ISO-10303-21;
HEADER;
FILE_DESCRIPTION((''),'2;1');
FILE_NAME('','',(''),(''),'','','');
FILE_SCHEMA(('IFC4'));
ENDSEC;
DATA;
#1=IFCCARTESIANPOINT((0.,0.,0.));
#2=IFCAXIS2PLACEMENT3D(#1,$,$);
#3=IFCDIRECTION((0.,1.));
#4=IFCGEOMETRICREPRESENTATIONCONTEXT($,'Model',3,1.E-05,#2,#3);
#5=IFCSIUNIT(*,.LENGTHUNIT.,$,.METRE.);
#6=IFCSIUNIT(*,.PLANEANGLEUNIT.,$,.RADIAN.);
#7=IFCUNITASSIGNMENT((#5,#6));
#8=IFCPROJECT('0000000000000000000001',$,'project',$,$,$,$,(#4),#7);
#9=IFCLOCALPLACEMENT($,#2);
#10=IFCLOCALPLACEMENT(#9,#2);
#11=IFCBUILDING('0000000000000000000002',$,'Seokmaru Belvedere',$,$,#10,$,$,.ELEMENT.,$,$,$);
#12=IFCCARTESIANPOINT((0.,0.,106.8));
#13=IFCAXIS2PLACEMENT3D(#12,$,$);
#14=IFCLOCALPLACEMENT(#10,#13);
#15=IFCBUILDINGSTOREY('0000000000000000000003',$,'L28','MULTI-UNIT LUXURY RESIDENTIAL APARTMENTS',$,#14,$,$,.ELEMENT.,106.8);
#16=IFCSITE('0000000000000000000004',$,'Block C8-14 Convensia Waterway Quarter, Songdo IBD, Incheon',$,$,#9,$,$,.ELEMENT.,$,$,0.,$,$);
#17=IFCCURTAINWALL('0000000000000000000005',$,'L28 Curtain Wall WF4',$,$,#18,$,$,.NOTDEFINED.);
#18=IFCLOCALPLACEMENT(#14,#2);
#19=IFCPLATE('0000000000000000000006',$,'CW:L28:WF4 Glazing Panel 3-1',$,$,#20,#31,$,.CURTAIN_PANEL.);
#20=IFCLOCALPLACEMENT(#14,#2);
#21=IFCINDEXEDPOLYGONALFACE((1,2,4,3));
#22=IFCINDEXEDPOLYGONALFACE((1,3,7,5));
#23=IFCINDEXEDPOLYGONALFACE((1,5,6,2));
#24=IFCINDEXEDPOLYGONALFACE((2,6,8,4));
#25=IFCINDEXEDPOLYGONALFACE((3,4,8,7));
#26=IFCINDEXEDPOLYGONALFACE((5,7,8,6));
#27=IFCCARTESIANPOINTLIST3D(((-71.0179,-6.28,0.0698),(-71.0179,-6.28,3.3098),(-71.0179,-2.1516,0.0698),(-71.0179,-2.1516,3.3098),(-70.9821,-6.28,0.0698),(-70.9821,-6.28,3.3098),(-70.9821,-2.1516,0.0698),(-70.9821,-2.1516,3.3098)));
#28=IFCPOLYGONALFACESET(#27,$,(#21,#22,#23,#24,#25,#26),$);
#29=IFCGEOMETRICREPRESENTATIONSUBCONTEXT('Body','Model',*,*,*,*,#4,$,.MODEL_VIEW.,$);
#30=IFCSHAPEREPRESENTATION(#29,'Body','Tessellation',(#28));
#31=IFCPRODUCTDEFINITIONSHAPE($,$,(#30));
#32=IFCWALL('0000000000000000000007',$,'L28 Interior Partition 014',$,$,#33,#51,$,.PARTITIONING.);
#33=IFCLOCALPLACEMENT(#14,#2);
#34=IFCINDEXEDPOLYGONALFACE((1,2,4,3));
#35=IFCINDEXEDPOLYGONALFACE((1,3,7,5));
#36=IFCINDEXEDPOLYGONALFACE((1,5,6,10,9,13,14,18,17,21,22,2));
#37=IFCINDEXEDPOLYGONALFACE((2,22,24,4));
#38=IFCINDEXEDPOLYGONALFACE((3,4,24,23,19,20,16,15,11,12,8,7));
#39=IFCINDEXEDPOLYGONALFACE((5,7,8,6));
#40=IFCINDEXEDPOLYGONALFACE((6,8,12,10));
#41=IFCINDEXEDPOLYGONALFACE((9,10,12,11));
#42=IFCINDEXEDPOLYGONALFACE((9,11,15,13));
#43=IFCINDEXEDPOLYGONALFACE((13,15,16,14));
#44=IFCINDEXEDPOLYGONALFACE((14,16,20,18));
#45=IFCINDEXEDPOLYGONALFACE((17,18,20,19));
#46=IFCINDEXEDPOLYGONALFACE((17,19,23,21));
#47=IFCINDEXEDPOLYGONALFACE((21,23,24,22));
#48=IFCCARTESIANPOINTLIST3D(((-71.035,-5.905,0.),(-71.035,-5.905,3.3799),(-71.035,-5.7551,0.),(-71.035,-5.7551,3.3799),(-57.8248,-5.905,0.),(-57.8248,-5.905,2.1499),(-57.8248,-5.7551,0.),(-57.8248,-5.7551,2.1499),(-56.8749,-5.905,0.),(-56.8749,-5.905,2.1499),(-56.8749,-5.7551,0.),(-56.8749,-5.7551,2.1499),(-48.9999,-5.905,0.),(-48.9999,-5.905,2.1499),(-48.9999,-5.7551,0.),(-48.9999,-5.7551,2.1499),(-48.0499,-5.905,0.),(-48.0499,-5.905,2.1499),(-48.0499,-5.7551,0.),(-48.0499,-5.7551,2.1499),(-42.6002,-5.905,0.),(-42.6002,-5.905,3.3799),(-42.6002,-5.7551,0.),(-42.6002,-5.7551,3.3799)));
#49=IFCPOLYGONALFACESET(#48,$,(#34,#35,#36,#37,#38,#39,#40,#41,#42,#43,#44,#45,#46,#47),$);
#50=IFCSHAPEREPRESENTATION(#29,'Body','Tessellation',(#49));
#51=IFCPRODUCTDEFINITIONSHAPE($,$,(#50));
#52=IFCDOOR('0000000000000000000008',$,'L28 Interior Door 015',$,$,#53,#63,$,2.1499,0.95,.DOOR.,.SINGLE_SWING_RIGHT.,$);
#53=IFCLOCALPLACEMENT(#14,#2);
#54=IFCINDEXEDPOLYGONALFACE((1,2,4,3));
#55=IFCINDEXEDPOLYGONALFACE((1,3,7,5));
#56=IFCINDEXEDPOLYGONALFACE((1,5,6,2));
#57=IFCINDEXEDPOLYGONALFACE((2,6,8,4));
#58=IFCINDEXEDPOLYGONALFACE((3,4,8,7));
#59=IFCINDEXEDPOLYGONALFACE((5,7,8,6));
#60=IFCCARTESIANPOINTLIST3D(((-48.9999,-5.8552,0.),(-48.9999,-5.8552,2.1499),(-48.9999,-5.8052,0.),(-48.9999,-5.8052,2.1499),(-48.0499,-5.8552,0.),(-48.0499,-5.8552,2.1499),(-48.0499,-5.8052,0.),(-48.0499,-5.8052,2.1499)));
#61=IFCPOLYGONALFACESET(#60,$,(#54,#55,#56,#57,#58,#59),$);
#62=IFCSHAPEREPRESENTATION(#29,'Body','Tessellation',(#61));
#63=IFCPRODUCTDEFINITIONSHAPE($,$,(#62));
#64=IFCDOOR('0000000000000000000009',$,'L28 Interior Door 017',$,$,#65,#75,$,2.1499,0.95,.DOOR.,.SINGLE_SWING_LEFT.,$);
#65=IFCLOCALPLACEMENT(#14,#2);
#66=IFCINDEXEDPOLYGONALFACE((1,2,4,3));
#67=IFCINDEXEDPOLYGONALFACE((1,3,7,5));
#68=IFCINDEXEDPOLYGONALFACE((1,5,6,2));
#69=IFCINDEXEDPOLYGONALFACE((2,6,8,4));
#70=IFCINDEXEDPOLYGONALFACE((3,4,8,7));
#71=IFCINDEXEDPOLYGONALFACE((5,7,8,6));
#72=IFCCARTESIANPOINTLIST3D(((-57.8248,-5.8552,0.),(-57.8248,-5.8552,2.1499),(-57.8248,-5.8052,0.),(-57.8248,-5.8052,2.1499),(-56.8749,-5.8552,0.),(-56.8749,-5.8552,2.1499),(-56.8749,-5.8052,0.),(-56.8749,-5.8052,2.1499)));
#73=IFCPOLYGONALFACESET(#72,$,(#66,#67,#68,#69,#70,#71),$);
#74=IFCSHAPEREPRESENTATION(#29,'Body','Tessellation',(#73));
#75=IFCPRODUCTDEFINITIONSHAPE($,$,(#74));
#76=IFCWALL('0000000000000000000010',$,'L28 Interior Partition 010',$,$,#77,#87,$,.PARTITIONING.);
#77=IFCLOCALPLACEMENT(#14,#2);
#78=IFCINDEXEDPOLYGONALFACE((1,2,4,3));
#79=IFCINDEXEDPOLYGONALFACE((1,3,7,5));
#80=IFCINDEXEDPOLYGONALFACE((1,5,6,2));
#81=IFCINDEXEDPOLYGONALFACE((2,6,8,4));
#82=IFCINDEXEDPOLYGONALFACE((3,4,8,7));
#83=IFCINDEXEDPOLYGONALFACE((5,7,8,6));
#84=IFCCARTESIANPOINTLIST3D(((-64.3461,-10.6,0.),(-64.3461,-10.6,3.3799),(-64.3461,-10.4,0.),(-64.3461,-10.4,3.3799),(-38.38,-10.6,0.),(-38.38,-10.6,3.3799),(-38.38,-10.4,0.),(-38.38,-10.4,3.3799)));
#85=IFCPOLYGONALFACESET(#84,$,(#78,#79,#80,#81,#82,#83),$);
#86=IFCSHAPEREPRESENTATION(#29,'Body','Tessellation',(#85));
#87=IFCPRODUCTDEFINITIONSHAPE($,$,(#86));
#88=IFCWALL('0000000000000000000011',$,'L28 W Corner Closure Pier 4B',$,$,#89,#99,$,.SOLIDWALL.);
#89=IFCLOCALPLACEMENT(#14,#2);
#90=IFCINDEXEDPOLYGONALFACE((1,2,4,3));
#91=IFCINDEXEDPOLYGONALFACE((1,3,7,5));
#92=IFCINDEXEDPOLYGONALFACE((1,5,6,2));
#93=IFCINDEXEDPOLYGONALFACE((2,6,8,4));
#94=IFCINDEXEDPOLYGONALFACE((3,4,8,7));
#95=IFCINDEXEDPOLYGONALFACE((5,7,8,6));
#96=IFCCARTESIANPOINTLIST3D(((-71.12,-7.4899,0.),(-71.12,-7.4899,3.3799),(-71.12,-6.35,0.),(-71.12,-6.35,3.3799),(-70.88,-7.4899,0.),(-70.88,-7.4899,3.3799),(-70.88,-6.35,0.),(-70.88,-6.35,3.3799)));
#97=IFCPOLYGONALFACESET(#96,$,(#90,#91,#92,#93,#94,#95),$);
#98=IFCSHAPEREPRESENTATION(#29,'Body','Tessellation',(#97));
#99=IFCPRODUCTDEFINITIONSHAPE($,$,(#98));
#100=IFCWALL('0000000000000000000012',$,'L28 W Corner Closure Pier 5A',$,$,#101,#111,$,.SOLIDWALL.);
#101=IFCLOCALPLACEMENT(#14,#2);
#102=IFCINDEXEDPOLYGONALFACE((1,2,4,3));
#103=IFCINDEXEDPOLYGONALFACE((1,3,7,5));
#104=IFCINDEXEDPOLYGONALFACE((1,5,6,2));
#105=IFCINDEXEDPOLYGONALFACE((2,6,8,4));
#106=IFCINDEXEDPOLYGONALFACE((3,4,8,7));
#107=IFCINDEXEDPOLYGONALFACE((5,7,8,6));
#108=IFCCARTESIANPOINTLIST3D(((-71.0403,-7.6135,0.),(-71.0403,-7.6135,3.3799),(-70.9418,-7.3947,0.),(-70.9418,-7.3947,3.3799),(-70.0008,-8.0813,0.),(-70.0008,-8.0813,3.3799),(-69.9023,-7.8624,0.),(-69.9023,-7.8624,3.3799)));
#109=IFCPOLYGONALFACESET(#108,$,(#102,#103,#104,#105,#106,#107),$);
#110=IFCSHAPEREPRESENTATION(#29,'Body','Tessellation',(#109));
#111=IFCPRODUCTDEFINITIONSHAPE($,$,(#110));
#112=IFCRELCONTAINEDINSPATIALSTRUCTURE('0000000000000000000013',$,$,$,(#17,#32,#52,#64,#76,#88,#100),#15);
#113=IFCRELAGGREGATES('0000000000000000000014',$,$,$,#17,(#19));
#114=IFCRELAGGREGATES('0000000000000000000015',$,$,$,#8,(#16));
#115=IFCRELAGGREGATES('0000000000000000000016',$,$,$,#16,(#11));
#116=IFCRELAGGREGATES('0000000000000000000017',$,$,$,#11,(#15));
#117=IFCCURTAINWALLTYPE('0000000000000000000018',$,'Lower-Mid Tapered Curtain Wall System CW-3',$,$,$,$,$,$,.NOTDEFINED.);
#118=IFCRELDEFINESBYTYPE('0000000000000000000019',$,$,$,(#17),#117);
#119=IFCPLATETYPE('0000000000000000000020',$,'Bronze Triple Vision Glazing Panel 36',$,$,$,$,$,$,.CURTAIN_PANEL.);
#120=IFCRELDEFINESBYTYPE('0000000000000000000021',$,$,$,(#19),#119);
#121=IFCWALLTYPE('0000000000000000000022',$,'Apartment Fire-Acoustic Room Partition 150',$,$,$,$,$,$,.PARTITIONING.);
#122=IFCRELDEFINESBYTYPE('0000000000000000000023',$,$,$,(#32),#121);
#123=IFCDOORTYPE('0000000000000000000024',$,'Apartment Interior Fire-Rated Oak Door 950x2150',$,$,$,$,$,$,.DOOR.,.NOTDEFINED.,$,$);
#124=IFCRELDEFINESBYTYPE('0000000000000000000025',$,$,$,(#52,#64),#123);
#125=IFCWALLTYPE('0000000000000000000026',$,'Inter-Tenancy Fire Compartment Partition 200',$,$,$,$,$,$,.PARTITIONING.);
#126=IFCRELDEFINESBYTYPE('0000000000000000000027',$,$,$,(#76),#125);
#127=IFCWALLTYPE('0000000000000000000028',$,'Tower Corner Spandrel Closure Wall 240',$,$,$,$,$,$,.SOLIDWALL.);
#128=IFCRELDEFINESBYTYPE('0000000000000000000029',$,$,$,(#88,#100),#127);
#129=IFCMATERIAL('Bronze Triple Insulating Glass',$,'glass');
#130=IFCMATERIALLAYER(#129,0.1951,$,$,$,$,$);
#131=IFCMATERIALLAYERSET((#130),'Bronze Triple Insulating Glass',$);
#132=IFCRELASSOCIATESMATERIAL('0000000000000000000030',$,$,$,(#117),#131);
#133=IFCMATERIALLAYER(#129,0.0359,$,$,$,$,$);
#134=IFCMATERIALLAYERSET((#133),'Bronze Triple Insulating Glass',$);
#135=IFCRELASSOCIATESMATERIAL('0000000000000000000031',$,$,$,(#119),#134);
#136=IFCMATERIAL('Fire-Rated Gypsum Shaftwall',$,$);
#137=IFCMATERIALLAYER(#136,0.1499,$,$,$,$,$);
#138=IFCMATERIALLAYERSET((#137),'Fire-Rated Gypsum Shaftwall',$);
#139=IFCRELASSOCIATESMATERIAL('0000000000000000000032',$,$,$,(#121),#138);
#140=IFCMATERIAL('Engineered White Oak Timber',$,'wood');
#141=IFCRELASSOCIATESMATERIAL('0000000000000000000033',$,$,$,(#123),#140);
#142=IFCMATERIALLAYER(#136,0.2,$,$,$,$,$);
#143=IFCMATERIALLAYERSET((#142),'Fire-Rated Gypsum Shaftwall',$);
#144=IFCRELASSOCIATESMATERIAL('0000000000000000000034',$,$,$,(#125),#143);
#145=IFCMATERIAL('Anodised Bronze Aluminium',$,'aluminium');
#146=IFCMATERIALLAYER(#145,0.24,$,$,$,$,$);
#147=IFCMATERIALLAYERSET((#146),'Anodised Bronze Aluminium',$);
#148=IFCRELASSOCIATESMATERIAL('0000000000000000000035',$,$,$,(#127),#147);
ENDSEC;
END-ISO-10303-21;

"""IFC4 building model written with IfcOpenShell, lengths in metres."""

from ifc_helpers import new_model, si_unit, direction, frame, frame_2d, origin, origin_2d, place, context, subcontext, project, spatial, rectangle, extrude, source, transform, mapped, material, layer, layer_set, type_object, type_shapes, element, fill, aggregate, save


model = new_model("IFC4")

# Units and contexts
model_context = context("Model", 3, precision=1e-05, world=origin(), true_north=direction((0.0, 1.0)))
body_context = subcontext(model_context, "Body", "Model", "MODEL_VIEW")
ifc_project = project(units=[si_unit("LENGTHUNIT", "METRE"), si_unit("PLANEANGLEUNIT", "RADIAN")], contexts=[model_context])

# Site, building, storey
site_placement = place(None, origin())
site = spatial("IfcSite", under=ifc_project, at=site_placement, Name="Block C8-14 Convensia Waterway Quarter, Songdo IBD, Incheon", CompositionType="ELEMENT", RefElevation=0.0)
building_placement = place(site_placement, origin())
building = spatial("IfcBuilding", under=site, at=building_placement, Name="Seokmaru Belvedere", CompositionType="ELEMENT")
storey_placement = place(building_placement, frame((0.0, 0.0, 106.8)))
storey = spatial("IfcBuildingStorey", under=building, at=storey_placement, Name="L28", Description="MULTI-UNIT LUXURY RESIDENTIAL APARTMENTS", CompositionType="ELEMENT", Elevation=106.8)

# Curtain wall
ifc_material_1 = material(Name="Bronze Triple Insulating Glass", Category="glass")
ifc_layer_1 = layer(ifc_material_1, 0.1951)
ifc_layer_set_1 = layer_set([ifc_layer_1], Name="Bronze Triple Insulating Glass")
curtain_wall_type = type_object("IfcCurtainWallType", Name="Lower-Mid Tapered Curtain Wall System CW-3", PredefinedType="NOTDEFINED", material=ifc_layer_set_1)
curtain_wall_1_placement = place(storey_placement, origin())
curtain_wall_1 = element("IfcCurtainWall", 1, at=curtain_wall_1_placement, inside=storey, type_object=curtain_wall_type, Name="L28 Curtain Wall WF4", PredefinedType="NOTDEFINED")
ifc_material_2 = material(Name="Anodised Bronze Aluminium", Category="aluminium")

# Plate
ifc_layer_2 = layer(ifc_material_1, 0.0359)
ifc_layer_set_2 = layer_set([ifc_layer_2], Name="Bronze Triple Insulating Glass")
plate_type = type_object("IfcPlateType", Name="Bronze Triple Vision Glazing Panel 36", PredefinedType="CURTAIN_PANEL", material=ifc_layer_set_2)
shared_shape_1 = source(origin(), body_context, "Body", "SweptSolid", [
    extrude(rectangle(XDim=4.1284, YDim=0.0359, at=origin_2d()), origin(), (0.0, 0.0, 1.0), 3.24),
])
plate_1_placement = place(storey_placement, frame((-71.0, -4.2158, 0.0698), z_axis=(0.0, 0.0, 1.0), x_axis=(0.0, -1.0, 0.0)))
plate_1 = element("IfcPlate", 2, at=plate_1_placement, type_object=plate_type, Name="CW:L28:WF4 Glazing Panel 3-1", PredefinedType="CURTAIN_PANEL", context=body_context, shape_type="MappedRepresentation", body=[
    mapped(shared_shape_1, transform((0.0, 0.0, 0.0), scale=1.0)),
])
aggregate(curtain_wall_1, [plate_1])

# Wall, openings, doors
ifc_material_3 = material(Name="Fire-Rated Gypsum Shaftwall")
ifc_layer_3 = layer(ifc_material_3, 0.1499)
ifc_layer_set_3 = layer_set([ifc_layer_3], Name="Fire-Rated Gypsum Shaftwall")
wall_type_1 = type_object("IfcWallType", Name="Apartment Fire-Acoustic Room Partition 150", PredefinedType="PARTITIONING", material=ifc_layer_set_3)
wall_1_placement = place(storey_placement, frame((-71.0349, -5.8301, 0.0), z_axis=(0.0, 0.0, 1.0), x_axis=(1.0, 0.0, 0.0)))
wall_1 = element("IfcWall", 3, at=wall_1_placement, inside=storey, type_object=wall_type_1, Name="L28 Interior Partition 014", PredefinedType="PARTITIONING", context=body_context, shape_type="SweptSolid", body=[
    extrude(rectangle(XDim=28.4348, YDim=0.1499, at=frame_2d((14.2173, 0.0))), origin(), (0.0, 0.0, 1.0), 3.3799),
])
opening_1_placement = place(wall_1_placement, frame((22.0349, 0.0, 0.0)))
opening_1 = element("IfcOpeningElement", 4, at=opening_1_placement, cuts=wall_1, PredefinedType="OPENING", context=body_context, shape_type="SweptSolid", body=[
    extrude(rectangle(XDim=0.95, YDim=2.1499, at=frame_2d((0.4751, 1.075))), frame((0.0, 0.085, 0.0), z_axis=(0.0, -1.0, 0.0), x_axis=(1.0, 0.0, 0.0)), (0.0, 0.0, 1.0), 0.1699),
])
opening_2_placement = place(wall_1_placement, frame((13.21, 0.0, 0.0)))
opening_2 = element("IfcOpeningElement", 5, at=opening_2_placement, cuts=wall_1, PredefinedType="OPENING", context=body_context, shape_type="SweptSolid", body=[
    extrude(rectangle(XDim=0.95, YDim=2.1499, at=frame_2d((0.4751, 1.075))), frame((0.0, 0.085, 0.0), z_axis=(0.0, -1.0, 0.0), x_axis=(1.0, 0.0, 0.0)), (0.0, 0.0, 1.0), 0.1699),
])
ifc_material_4 = material(Name="Engineered White Oak Timber", Category="wood")
door_type = type_object("IfcDoorType", Name="Apartment Interior Fire-Rated Oak Door 950x2150", OperationType="NOTDEFINED", PredefinedType="DOOR", material=ifc_material_4)
shared_shape_2 = source(origin(), body_context, "Body", "SweptSolid", [
    extrude(rectangle(XDim=0.95, YDim=2.1499, at=frame_2d((0.4751, 1.075))), frame((0.0, 0.0249, 0.0), z_axis=(0.0, -1.0, 0.0), x_axis=(1.0, 0.0, 0.0)), (0.0, 0.0, 1.0), 0.05),
])
type_shapes(door_type, [shared_shape_2])
door_1_placement = place(opening_1_placement, origin())
door_1 = element("IfcDoor", 6, at=door_1_placement, inside=storey, type_object=door_type, Name="L28 Interior Door 015", OperationType="SINGLE_SWING_RIGHT", OverallHeight=2.1499, OverallWidth=0.95, PredefinedType="DOOR", context=body_context, shape_type="MappedRepresentation", body=[
    mapped(shared_shape_2, transform((0.0, 0.0, 0.0), scale=1.0)),
])
fill(opening_1, door_1)
door_2_placement = place(opening_2_placement, origin())
door_2 = element("IfcDoor", 7, at=door_2_placement, inside=storey, type_object=door_type, Name="L28 Interior Door 017", OperationType="SINGLE_SWING_LEFT", OverallHeight=2.1499, OverallWidth=0.95, PredefinedType="DOOR", context=body_context, shape_type="MappedRepresentation", body=[
    mapped(shared_shape_2, transform((0.0, 0.0, 0.0), scale=1.0)),
])
fill(opening_2, door_2)

# Walls
ifc_layer_4 = layer(ifc_material_3, 0.2)
ifc_layer_set_4 = layer_set([ifc_layer_4], Name="Fire-Rated Gypsum Shaftwall")
wall_type_2 = type_object("IfcWallType", Name="Inter-Tenancy Fire Compartment Partition 200", PredefinedType="PARTITIONING", material=ifc_layer_set_4)
wall_2_placement = place(storey_placement, frame((-64.3459, -10.5, 0.0), z_axis=(0.0, 0.0, 1.0), x_axis=(1.0, 0.0, 0.0)))
element("IfcWall", 8, at=wall_2_placement, inside=storey, type_object=wall_type_2, Name="L28 Interior Partition 010", PredefinedType="PARTITIONING", context=body_context, shape_type="SweptSolid", body=[
    extrude(rectangle(XDim=25.9661, YDim=0.2, at=frame_2d((12.9829, 0.0))), origin(), (0.0, 0.0, 1.0), 3.3799),
])
ifc_layer_5 = layer(ifc_material_2, 0.24)
ifc_layer_set_5 = layer_set([ifc_layer_5], Name="Anodised Bronze Aluminium")
wall_type_3 = type_object("IfcWallType", Name="Tower Corner Spandrel Closure Wall 240", PredefinedType="SOLIDWALL", material=ifc_layer_set_5)
for number, where, z_axis, x_axis, name in (
    (9, (-71.0, -6.3501, 0.0), (0.0, 0.0, 1.0), (0.0, -1.0, 0.0), "L28 W Corner Closure Pier 4B"),
    (10, (-70.991, -7.5042, 0.0), (0.0, 0.0, 1.0), (0.91193, -0.410347, 0.0), "L28 W Corner Closure Pier 5A"),
):
    element("IfcWall", number, at=place(storey_placement, frame(where, z_axis=z_axis, x_axis=x_axis)), inside=storey, type_object=wall_type_3, Name=name, PredefinedType="SOLIDWALL", context=body_context, shape_type="SweptSolid", body=[
        extrude(rectangle(XDim=1.1399, YDim=0.24, at=frame_2d((0.5698, 0.0))), origin(), (0.0, 0.0, 1.0), 3.3799),
    ])

save(model, "model.ifc")
